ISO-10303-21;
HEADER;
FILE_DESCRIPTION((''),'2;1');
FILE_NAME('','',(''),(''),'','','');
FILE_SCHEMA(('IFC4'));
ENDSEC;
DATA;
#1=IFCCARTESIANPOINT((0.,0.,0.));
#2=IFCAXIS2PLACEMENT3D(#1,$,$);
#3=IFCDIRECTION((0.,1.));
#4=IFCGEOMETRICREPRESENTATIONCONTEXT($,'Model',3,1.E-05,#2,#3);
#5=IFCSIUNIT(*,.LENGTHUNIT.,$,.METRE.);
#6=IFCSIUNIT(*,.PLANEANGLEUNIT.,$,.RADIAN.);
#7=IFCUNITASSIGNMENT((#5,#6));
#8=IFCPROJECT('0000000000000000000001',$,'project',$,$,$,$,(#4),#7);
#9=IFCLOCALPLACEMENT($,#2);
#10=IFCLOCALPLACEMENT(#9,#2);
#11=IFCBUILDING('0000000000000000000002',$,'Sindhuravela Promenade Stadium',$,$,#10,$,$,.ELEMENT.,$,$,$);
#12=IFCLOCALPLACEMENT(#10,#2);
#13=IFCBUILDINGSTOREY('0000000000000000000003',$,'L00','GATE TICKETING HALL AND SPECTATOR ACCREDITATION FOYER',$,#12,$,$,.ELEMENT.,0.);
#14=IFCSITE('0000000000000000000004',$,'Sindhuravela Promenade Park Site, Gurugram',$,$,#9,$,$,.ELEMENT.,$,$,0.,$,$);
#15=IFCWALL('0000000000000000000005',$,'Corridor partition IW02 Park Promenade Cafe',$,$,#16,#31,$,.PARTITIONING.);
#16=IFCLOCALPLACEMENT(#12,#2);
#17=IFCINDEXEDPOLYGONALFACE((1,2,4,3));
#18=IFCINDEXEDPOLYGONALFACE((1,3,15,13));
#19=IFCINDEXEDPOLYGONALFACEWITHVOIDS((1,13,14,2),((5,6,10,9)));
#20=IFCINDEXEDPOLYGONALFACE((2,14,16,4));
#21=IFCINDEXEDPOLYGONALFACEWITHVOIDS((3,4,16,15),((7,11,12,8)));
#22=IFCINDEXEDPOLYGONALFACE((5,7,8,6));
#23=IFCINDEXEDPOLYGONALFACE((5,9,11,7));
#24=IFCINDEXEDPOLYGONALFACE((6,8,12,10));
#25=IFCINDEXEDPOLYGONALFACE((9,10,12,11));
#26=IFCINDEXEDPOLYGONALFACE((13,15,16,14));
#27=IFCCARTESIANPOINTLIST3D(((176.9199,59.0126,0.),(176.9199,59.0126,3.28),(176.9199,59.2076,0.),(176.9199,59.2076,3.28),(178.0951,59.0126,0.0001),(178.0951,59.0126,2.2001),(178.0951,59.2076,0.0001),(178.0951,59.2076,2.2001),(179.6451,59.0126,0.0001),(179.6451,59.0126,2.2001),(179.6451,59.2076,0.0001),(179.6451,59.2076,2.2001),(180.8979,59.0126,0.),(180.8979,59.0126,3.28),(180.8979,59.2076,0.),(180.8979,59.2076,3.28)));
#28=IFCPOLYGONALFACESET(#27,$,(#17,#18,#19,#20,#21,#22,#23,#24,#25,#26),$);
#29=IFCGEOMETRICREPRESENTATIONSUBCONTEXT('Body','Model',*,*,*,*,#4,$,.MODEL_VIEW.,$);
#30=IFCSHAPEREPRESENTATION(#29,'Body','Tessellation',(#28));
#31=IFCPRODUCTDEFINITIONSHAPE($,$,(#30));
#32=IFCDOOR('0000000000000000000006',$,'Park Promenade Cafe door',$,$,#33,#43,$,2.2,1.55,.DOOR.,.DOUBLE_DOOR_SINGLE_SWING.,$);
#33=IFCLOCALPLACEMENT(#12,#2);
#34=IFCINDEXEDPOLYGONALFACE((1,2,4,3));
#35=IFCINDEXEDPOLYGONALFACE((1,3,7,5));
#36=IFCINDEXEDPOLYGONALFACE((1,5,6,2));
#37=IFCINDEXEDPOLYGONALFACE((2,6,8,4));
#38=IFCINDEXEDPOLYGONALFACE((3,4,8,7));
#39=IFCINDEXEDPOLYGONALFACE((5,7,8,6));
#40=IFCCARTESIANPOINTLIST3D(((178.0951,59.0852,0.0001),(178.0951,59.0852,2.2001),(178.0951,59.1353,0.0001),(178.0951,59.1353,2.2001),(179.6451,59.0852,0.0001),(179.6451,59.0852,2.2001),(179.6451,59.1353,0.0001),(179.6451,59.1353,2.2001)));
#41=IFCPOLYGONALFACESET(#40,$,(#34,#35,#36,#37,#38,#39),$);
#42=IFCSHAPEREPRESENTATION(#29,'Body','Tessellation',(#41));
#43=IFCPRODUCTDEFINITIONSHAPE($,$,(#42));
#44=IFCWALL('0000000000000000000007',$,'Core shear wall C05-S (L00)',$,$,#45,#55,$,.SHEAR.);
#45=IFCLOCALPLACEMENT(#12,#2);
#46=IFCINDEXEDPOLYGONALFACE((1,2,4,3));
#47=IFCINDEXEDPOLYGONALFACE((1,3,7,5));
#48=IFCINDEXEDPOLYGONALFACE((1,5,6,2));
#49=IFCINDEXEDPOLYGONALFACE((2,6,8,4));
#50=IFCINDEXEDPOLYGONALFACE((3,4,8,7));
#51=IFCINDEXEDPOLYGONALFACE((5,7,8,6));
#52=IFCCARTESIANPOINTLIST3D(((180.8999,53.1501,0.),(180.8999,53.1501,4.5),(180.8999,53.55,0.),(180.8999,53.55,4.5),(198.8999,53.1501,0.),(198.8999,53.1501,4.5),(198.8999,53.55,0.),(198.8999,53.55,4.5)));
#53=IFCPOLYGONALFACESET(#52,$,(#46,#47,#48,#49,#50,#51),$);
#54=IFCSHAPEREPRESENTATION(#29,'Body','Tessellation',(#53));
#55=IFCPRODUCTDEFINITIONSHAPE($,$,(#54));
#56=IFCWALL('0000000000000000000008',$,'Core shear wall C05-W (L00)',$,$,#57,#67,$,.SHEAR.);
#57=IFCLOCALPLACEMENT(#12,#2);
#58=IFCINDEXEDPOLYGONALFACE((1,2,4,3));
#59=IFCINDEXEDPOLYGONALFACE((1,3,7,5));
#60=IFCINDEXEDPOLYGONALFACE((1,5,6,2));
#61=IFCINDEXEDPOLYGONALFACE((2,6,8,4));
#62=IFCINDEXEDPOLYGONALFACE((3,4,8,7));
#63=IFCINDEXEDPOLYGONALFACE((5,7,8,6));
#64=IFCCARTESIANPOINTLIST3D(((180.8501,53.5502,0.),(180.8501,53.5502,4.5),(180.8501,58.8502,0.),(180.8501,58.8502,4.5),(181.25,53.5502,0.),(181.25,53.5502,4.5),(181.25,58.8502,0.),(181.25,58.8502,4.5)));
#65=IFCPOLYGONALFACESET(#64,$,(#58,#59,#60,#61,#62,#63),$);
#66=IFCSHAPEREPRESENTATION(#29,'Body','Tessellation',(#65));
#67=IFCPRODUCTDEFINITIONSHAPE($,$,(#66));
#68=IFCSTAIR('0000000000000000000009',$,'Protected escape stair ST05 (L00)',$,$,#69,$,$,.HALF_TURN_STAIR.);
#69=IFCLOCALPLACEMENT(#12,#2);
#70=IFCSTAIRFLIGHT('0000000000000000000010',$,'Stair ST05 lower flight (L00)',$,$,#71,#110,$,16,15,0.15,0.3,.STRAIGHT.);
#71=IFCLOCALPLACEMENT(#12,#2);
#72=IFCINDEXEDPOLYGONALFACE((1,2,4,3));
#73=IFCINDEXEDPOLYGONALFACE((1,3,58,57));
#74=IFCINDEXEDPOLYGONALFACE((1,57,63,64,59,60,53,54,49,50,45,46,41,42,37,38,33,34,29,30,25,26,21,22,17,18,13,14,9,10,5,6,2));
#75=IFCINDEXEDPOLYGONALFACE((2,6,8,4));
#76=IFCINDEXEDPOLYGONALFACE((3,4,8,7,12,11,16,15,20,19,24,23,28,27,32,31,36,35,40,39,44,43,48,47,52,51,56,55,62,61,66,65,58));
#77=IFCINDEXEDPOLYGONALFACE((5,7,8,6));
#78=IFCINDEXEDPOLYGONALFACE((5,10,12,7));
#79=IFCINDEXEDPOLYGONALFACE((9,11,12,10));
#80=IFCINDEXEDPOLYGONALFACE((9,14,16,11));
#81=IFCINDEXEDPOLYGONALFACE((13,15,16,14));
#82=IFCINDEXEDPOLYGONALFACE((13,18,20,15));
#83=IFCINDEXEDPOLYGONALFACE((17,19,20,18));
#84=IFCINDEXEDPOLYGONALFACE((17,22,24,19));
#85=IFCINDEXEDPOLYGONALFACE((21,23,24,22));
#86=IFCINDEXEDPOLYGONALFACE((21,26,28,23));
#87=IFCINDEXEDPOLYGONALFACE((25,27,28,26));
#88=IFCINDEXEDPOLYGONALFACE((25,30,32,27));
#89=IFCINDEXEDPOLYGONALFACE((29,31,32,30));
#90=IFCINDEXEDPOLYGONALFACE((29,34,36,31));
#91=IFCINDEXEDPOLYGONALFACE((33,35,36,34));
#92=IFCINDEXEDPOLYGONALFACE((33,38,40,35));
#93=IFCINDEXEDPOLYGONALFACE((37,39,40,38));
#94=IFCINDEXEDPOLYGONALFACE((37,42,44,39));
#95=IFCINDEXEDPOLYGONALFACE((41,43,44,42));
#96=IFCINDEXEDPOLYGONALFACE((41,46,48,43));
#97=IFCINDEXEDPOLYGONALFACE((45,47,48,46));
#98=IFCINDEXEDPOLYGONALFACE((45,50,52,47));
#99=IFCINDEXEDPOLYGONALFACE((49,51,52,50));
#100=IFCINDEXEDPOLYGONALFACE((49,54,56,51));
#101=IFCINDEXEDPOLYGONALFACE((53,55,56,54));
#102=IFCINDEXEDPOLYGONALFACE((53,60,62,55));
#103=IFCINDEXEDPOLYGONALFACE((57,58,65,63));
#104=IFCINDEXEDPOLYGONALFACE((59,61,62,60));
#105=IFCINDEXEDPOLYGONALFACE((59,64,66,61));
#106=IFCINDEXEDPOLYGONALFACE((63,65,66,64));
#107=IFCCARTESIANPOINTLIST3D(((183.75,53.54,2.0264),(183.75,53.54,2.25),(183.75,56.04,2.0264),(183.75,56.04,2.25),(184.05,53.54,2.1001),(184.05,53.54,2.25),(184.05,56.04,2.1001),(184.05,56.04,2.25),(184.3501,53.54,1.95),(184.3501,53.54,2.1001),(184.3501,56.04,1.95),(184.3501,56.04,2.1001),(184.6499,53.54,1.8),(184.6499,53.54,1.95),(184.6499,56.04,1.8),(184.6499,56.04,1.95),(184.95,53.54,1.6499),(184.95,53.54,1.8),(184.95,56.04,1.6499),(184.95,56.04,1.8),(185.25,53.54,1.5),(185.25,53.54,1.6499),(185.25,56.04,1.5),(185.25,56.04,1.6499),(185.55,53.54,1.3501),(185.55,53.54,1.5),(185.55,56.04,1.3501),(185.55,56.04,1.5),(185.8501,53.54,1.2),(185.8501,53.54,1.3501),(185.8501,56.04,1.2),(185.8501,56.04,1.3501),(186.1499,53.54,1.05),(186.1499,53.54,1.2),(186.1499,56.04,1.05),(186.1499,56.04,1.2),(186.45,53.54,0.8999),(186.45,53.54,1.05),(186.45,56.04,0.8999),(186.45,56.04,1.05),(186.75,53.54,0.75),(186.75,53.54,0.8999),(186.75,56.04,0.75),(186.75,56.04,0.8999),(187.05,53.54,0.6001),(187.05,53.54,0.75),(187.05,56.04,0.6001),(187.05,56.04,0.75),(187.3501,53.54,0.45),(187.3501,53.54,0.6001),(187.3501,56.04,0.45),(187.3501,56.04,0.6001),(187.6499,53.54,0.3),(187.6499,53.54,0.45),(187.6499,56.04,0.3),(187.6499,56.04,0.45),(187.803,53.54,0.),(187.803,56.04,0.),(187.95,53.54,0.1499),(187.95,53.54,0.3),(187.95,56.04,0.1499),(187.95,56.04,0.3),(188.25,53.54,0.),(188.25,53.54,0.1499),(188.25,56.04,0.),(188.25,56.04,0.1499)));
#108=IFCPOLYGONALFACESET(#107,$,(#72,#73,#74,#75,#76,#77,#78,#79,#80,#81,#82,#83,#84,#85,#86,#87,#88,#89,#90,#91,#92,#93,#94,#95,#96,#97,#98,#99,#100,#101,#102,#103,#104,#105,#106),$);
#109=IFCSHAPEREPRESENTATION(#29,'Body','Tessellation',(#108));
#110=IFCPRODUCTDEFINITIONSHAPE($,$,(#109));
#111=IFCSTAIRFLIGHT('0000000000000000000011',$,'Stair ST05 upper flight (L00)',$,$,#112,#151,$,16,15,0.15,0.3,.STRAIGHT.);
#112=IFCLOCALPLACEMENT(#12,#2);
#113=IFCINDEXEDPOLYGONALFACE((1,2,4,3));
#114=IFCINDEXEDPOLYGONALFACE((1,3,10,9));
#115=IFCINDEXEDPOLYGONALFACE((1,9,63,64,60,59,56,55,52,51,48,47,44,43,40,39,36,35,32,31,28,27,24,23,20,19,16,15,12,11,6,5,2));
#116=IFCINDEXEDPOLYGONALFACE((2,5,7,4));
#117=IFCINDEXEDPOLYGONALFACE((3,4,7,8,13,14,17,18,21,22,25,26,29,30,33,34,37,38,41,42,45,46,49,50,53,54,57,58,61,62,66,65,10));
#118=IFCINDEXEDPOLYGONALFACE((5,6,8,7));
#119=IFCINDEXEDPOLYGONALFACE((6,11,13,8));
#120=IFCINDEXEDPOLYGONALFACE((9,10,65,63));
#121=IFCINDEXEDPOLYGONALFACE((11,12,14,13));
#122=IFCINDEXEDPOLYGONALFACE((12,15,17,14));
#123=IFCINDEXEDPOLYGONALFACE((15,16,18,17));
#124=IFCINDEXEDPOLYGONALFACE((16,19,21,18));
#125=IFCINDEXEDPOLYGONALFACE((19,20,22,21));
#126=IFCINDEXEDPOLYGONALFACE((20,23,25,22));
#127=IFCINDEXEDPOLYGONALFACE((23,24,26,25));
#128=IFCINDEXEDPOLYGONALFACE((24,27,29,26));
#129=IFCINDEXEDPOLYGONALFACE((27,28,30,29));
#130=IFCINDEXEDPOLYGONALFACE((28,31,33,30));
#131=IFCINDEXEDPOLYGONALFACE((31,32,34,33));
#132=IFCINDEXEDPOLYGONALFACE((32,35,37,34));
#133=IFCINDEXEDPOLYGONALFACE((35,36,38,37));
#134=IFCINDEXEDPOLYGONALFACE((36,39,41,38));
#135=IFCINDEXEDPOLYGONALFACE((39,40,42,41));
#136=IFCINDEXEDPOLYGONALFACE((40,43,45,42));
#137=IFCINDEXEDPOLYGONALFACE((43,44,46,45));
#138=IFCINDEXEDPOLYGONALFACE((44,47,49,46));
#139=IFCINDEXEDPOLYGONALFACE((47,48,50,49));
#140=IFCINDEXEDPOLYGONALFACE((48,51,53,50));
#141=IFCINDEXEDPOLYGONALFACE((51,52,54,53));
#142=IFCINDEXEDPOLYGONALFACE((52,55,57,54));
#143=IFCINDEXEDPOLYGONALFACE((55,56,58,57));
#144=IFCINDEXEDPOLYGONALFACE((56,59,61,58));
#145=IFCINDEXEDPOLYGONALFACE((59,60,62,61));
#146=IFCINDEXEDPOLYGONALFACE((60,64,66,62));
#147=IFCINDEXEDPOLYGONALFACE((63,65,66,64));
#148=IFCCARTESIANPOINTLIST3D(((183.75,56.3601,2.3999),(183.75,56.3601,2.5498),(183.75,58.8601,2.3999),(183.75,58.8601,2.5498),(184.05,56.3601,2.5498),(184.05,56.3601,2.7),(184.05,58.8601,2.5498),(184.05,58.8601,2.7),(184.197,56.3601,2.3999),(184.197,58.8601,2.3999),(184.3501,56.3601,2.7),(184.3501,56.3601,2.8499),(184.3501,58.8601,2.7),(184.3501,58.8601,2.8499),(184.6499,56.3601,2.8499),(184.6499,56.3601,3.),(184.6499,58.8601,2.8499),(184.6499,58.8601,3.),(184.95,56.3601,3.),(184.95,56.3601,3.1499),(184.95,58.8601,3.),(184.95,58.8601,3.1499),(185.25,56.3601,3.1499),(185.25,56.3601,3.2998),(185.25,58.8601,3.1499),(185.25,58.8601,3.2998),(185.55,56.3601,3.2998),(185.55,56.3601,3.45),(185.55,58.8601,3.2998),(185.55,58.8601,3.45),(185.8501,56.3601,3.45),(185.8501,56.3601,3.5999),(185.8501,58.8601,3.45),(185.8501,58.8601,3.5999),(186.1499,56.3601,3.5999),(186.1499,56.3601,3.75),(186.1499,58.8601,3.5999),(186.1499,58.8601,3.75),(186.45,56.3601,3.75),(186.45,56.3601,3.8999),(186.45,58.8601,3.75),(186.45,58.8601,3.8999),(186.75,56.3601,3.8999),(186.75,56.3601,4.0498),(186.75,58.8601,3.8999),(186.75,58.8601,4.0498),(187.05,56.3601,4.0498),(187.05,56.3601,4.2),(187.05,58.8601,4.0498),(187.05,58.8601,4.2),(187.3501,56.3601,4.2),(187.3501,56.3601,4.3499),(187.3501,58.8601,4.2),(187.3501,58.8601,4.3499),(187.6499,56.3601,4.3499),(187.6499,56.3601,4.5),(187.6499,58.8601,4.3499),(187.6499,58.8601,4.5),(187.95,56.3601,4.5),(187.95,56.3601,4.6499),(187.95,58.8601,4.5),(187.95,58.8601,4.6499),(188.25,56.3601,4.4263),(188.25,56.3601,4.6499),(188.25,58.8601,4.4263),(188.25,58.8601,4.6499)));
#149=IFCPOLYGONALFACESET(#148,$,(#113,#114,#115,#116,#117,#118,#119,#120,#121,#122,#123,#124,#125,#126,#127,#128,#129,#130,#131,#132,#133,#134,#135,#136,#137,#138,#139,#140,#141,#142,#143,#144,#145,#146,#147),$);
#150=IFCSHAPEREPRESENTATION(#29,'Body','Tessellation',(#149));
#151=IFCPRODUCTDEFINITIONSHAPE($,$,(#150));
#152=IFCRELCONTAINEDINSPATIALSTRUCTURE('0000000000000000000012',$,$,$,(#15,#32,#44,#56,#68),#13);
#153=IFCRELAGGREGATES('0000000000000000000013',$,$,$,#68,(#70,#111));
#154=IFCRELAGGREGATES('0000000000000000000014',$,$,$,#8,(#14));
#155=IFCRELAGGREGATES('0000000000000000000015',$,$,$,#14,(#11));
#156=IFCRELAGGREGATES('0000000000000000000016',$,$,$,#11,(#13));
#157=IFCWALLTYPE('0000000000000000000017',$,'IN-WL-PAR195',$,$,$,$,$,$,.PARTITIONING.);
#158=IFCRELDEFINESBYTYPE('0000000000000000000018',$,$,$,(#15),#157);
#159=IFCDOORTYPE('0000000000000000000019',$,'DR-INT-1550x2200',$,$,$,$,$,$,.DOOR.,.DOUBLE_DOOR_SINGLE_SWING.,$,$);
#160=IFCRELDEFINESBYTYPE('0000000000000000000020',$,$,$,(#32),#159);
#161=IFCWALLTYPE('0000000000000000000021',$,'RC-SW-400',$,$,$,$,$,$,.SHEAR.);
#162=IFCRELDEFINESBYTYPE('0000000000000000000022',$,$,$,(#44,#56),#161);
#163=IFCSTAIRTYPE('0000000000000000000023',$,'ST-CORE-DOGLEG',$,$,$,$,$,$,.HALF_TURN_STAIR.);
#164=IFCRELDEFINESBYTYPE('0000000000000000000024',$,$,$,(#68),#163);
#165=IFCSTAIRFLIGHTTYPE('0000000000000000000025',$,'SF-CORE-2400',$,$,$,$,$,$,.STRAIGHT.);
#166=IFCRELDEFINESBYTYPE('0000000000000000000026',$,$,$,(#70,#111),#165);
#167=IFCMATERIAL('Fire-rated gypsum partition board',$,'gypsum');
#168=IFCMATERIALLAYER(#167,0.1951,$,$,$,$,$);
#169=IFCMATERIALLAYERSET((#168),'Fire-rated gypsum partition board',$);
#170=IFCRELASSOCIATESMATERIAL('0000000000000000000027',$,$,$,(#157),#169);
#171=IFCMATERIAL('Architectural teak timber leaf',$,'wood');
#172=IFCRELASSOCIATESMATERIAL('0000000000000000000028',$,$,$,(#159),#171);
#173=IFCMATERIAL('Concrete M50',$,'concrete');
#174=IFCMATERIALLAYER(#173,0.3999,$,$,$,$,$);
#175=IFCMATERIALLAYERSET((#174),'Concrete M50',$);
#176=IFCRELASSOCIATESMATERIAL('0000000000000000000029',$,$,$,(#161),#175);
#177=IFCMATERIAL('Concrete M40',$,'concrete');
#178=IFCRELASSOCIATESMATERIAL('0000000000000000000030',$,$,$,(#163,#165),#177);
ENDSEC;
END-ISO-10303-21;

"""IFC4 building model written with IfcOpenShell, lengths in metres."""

from ifc_helpers import new_model, si_unit, direction, frame, frame_2d, origin, place, context, subcontext, project, spatial, polyline, rectangle, outline, extrude, material, layer, layer_set, type_object, element, fill, aggregate, save


model = new_model("IFC4")

# Units and contexts
model_context = context("Model", 3, precision=1e-05, world=origin(), true_north=direction((0.0, 1.0)))
body_context = subcontext(model_context, "Body", "Model", "MODEL_VIEW")
ifc_project = project(units=[si_unit("LENGTHUNIT", "METRE"), si_unit("PLANEANGLEUNIT", "RADIAN")], contexts=[model_context])

# Site, building, storey
site_placement = place(None, origin())
site = spatial("IfcSite", under=ifc_project, at=site_placement, Name="Sindhuravela Promenade Park Site, Gurugram", CompositionType="ELEMENT", RefElevation=0.0)
building_placement = place(site_placement, origin())
building = spatial("IfcBuilding", under=site, at=building_placement, Name="Sindhuravela Promenade Stadium", CompositionType="ELEMENT")
storey_placement = place(building_placement, origin())
storey = spatial("IfcBuildingStorey", under=building, at=storey_placement, Name="L00", Description="GATE TICKETING HALL AND SPECTATOR ACCREDITATION FOYER", CompositionType="ELEMENT", Elevation=0.0)

# Shared definitions
ifc_material_1 = material(Name="Concrete M50", Category="concrete")

# Shared definitions
ifc_material_2 = material(Name="Concrete M40", Category="concrete")

# Shared definitions
ifc_material_3 = material(Name="Fire-rated gypsum partition board", Category="gypsum")

# Wall, opening, door
ifc_layer_1 = layer(ifc_material_3, 0.1951)
ifc_layer_set_1 = layer_set([ifc_layer_1], Name="Fire-rated gypsum partition board")
wall_type_1 = type_object("IfcWallType", Name="IN-WL-PAR195", PredefinedType="PARTITIONING", material=ifc_layer_set_1)
wall_1_placement = place(storey_placement, frame((180.8979, 59.1101, 0.0), z_axis=(0.0, 0.0, 1.0), x_axis=(-1.0, 0.0, 0.0)))
wall_1 = element("IfcWall", 1, at=wall_1_placement, inside=storey, type_object=wall_type_1, Name="Corridor partition IW02 Park Promenade Cafe", PredefinedType="PARTITIONING", context=body_context, shape_type="SweptSolid", body=[
    extrude(rectangle(XDim=3.978, YDim=0.1951, at=frame_2d((1.989, 0.0))), origin(), (0.0, 0.0, 1.0), 3.28),
])
opening_placement = place(wall_1_placement, frame((1.2529, 0.0, 0.0)))
opening = element("IfcOpeningElement", 2, at=opening_placement, cuts=wall_1, PredefinedType="OPENING", context=body_context, shape_type="SweptSolid", body=[
    extrude(rectangle(XDim=1.55, YDim=2.2, at=frame_2d((0.7749, 1.1001))), frame((0.0, 0.1074, 0.0), z_axis=(0.0, -1.0, 0.0), x_axis=(1.0, 0.0, 0.0)), (0.0, 0.0, 1.0), 0.2151),
])
ifc_material_4 = material(Name="Architectural teak timber leaf", Category="wood")
door_type = type_object("IfcDoorType", Name="DR-INT-1550x2200", OperationType="DOUBLE_DOOR_SINGLE_SWING", PredefinedType="DOOR", material=ifc_material_4)
door_placement = place(opening_placement, origin())
door = element("IfcDoor", 3, at=door_placement, inside=storey, type_object=door_type, Name="Park Promenade Cafe door", OperationType="DOUBLE_DOOR_SINGLE_SWING", OverallHeight=2.2, OverallWidth=1.55, PredefinedType="DOOR", context=body_context, shape_type="SweptSolid", body=[
    extrude(rectangle(XDim=1.55, YDim=2.2, at=frame_2d((0.7749, 1.1001))), frame((0.0, 0.0249, 0.0), z_axis=(0.0, -1.0, 0.0), x_axis=(1.0, 0.0, 0.0)), (0.0, 0.0, 1.0), 0.05),
])
fill(opening, door)

# Walls
ifc_layer_2 = layer(ifc_material_1, 0.3999)
ifc_layer_set_2 = layer_set([ifc_layer_2], Name="Concrete M50")
wall_type_2 = type_object("IfcWallType", Name="RC-SW-400", PredefinedType="SHEAR", material=ifc_layer_set_2)
wall_2_placement = place(storey_placement, frame((180.8999, 53.3501, 0.0), z_axis=(0.0, 0.0, 1.0), x_axis=(1.0, 0.0, 0.0)))
element("IfcWall", 4, at=wall_2_placement, inside=storey, type_object=wall_type_2, Name="Core shear wall C05-S (L00)", PredefinedType="SHEAR", context=body_context, shape_type="SweptSolid", body=[
    extrude(rectangle(XDim=18.0, YDim=0.3999, at=frame_2d((9.0, 0.0))), origin(), (0.0, 0.0, 1.0), 4.5),
])
wall_3_placement = place(storey_placement, frame((181.05, 58.8501, 0.0), z_axis=(0.0, 0.0, 1.0), x_axis=(0.0, -1.0, 0.0)))
element("IfcWall", 5, at=wall_3_placement, inside=storey, type_object=wall_type_2, Name="Core shear wall C05-W (L00)", PredefinedType="SHEAR", context=body_context, shape_type="SweptSolid", body=[
    extrude(rectangle(XDim=5.3, YDim=0.3999, at=frame_2d((2.6499, 0.0))), origin(), (0.0, 0.0, 1.0), 4.5),
])

# Stair, stair flights
stair_type = type_object("IfcStairType", Name="ST-CORE-DOGLEG", PredefinedType="HALF_TURN_STAIR", material=ifc_material_2)
stair_placement = place(storey_placement, origin())
stair = element("IfcStair", 6, at=stair_placement, inside=storey, type_object=stair_type, Name="Protected escape stair ST05 (L00)", PredefinedType="HALF_TURN_STAIR")
stair_flight_type = type_object("IfcStairFlightType", Name="SF-CORE-2400", PredefinedType="STRAIGHT", material=ifc_material_2)
stair_flight_1_placement = place(storey_placement, frame((188.25, 54.79, 0.0), z_axis=(0.0, 0.0, 1.0), x_axis=(-1.0, 0.0, 0.0)))
stair_flight_1 = element("IfcStairFlight", 7, at=stair_flight_1_placement, type_object=stair_flight_type, Name="Stair ST05 lower flight (L00)", NumberOfRisers=16, NumberOfTreads=15, PredefinedType="STRAIGHT", RiserHeight=0.15, TreadLength=0.3, context=body_context, shape_type="SweptSolid", body=[
    extrude(outline(polyline([(0.0, 0.0), (0.0, 0.1499), (0.3, 0.1499), (0.3, 0.3), (0.6001, 0.3), (0.6001, 0.45), (0.8999, 0.45), (0.8999, 0.6001), (1.2, 0.6001), (1.2, 0.75), (1.5, 0.75), (1.5, 0.8999), (1.8, 0.8999), (1.8, 1.05), (2.1001, 1.05), (2.1001, 1.2), (2.3999, 1.2), (2.3999, 1.3501), (2.7, 1.3501), (2.7, 1.5), (3.0, 1.5), (3.0, 1.6499), (3.3, 1.6499), (3.3, 1.8), (3.6001, 1.8), (3.6001, 1.95), (3.8999, 1.95), (3.8999, 2.1001), (4.2, 2.1001), (4.2, 2.25), (4.5, 2.25), (4.5, 2.3999), (4.5, 2.0264), (0.447, 0.0), (0.0, 0.0)])), frame((0.0, 1.25, 0.0), z_axis=(0.0, -1.0, 0.0), x_axis=(1.0, 0.0, 0.0)), (0.0, 0.0, 1.0), 2.5),
])
stair_flight_2_placement = place(storey_placement, frame((183.75, 57.6101, 2.3999), z_axis=(0.0, 0.0, 1.0), x_axis=(1.0, 0.0, 0.0)))
stair_flight_2 = element("IfcStairFlight", 8, at=stair_flight_2_placement, type_object=stair_flight_type, Name="Stair ST05 upper flight (L00)", NumberOfRisers=16, NumberOfTreads=15, PredefinedType="STRAIGHT", RiserHeight=0.15, TreadLength=0.3, context=body_context, shape_type="SweptSolid", body=[
    extrude(outline(polyline([(0.0, 0.0), (0.0, 0.1499), (0.3, 0.1499), (0.3, 0.3), (0.6001, 0.3), (0.6001, 0.45), (0.8999, 0.45), (0.8999, 0.6001), (1.2, 0.6001), (1.2, 0.75), (1.5, 0.75), (1.5, 0.8999), (1.8, 0.8999), (1.8, 1.05), (2.1001, 1.05), (2.1001, 1.2), (2.3999, 1.2), (2.3999, 1.3501), (2.7, 1.3501), (2.7, 1.5), (3.0, 1.5), (3.0, 1.6499), (3.3, 1.6499), (3.3, 1.8), (3.6001, 1.8), (3.6001, 1.95), (3.8999, 1.95), (3.8999, 2.1001), (4.2, 2.1001), (4.2, 2.25), (4.5, 2.25), (4.5, 2.3999), (4.5, 2.0264), (0.447, 0.0), (0.0, 0.0)])), frame((0.0, 1.25, 0.0), z_axis=(0.0, -1.0, 0.0), x_axis=(1.0, 0.0, 0.0)), (0.0, 0.0, 1.0), 2.5),
])
aggregate(stair, [stair_flight_1, stair_flight_2])

save(model, "model.ifc")
